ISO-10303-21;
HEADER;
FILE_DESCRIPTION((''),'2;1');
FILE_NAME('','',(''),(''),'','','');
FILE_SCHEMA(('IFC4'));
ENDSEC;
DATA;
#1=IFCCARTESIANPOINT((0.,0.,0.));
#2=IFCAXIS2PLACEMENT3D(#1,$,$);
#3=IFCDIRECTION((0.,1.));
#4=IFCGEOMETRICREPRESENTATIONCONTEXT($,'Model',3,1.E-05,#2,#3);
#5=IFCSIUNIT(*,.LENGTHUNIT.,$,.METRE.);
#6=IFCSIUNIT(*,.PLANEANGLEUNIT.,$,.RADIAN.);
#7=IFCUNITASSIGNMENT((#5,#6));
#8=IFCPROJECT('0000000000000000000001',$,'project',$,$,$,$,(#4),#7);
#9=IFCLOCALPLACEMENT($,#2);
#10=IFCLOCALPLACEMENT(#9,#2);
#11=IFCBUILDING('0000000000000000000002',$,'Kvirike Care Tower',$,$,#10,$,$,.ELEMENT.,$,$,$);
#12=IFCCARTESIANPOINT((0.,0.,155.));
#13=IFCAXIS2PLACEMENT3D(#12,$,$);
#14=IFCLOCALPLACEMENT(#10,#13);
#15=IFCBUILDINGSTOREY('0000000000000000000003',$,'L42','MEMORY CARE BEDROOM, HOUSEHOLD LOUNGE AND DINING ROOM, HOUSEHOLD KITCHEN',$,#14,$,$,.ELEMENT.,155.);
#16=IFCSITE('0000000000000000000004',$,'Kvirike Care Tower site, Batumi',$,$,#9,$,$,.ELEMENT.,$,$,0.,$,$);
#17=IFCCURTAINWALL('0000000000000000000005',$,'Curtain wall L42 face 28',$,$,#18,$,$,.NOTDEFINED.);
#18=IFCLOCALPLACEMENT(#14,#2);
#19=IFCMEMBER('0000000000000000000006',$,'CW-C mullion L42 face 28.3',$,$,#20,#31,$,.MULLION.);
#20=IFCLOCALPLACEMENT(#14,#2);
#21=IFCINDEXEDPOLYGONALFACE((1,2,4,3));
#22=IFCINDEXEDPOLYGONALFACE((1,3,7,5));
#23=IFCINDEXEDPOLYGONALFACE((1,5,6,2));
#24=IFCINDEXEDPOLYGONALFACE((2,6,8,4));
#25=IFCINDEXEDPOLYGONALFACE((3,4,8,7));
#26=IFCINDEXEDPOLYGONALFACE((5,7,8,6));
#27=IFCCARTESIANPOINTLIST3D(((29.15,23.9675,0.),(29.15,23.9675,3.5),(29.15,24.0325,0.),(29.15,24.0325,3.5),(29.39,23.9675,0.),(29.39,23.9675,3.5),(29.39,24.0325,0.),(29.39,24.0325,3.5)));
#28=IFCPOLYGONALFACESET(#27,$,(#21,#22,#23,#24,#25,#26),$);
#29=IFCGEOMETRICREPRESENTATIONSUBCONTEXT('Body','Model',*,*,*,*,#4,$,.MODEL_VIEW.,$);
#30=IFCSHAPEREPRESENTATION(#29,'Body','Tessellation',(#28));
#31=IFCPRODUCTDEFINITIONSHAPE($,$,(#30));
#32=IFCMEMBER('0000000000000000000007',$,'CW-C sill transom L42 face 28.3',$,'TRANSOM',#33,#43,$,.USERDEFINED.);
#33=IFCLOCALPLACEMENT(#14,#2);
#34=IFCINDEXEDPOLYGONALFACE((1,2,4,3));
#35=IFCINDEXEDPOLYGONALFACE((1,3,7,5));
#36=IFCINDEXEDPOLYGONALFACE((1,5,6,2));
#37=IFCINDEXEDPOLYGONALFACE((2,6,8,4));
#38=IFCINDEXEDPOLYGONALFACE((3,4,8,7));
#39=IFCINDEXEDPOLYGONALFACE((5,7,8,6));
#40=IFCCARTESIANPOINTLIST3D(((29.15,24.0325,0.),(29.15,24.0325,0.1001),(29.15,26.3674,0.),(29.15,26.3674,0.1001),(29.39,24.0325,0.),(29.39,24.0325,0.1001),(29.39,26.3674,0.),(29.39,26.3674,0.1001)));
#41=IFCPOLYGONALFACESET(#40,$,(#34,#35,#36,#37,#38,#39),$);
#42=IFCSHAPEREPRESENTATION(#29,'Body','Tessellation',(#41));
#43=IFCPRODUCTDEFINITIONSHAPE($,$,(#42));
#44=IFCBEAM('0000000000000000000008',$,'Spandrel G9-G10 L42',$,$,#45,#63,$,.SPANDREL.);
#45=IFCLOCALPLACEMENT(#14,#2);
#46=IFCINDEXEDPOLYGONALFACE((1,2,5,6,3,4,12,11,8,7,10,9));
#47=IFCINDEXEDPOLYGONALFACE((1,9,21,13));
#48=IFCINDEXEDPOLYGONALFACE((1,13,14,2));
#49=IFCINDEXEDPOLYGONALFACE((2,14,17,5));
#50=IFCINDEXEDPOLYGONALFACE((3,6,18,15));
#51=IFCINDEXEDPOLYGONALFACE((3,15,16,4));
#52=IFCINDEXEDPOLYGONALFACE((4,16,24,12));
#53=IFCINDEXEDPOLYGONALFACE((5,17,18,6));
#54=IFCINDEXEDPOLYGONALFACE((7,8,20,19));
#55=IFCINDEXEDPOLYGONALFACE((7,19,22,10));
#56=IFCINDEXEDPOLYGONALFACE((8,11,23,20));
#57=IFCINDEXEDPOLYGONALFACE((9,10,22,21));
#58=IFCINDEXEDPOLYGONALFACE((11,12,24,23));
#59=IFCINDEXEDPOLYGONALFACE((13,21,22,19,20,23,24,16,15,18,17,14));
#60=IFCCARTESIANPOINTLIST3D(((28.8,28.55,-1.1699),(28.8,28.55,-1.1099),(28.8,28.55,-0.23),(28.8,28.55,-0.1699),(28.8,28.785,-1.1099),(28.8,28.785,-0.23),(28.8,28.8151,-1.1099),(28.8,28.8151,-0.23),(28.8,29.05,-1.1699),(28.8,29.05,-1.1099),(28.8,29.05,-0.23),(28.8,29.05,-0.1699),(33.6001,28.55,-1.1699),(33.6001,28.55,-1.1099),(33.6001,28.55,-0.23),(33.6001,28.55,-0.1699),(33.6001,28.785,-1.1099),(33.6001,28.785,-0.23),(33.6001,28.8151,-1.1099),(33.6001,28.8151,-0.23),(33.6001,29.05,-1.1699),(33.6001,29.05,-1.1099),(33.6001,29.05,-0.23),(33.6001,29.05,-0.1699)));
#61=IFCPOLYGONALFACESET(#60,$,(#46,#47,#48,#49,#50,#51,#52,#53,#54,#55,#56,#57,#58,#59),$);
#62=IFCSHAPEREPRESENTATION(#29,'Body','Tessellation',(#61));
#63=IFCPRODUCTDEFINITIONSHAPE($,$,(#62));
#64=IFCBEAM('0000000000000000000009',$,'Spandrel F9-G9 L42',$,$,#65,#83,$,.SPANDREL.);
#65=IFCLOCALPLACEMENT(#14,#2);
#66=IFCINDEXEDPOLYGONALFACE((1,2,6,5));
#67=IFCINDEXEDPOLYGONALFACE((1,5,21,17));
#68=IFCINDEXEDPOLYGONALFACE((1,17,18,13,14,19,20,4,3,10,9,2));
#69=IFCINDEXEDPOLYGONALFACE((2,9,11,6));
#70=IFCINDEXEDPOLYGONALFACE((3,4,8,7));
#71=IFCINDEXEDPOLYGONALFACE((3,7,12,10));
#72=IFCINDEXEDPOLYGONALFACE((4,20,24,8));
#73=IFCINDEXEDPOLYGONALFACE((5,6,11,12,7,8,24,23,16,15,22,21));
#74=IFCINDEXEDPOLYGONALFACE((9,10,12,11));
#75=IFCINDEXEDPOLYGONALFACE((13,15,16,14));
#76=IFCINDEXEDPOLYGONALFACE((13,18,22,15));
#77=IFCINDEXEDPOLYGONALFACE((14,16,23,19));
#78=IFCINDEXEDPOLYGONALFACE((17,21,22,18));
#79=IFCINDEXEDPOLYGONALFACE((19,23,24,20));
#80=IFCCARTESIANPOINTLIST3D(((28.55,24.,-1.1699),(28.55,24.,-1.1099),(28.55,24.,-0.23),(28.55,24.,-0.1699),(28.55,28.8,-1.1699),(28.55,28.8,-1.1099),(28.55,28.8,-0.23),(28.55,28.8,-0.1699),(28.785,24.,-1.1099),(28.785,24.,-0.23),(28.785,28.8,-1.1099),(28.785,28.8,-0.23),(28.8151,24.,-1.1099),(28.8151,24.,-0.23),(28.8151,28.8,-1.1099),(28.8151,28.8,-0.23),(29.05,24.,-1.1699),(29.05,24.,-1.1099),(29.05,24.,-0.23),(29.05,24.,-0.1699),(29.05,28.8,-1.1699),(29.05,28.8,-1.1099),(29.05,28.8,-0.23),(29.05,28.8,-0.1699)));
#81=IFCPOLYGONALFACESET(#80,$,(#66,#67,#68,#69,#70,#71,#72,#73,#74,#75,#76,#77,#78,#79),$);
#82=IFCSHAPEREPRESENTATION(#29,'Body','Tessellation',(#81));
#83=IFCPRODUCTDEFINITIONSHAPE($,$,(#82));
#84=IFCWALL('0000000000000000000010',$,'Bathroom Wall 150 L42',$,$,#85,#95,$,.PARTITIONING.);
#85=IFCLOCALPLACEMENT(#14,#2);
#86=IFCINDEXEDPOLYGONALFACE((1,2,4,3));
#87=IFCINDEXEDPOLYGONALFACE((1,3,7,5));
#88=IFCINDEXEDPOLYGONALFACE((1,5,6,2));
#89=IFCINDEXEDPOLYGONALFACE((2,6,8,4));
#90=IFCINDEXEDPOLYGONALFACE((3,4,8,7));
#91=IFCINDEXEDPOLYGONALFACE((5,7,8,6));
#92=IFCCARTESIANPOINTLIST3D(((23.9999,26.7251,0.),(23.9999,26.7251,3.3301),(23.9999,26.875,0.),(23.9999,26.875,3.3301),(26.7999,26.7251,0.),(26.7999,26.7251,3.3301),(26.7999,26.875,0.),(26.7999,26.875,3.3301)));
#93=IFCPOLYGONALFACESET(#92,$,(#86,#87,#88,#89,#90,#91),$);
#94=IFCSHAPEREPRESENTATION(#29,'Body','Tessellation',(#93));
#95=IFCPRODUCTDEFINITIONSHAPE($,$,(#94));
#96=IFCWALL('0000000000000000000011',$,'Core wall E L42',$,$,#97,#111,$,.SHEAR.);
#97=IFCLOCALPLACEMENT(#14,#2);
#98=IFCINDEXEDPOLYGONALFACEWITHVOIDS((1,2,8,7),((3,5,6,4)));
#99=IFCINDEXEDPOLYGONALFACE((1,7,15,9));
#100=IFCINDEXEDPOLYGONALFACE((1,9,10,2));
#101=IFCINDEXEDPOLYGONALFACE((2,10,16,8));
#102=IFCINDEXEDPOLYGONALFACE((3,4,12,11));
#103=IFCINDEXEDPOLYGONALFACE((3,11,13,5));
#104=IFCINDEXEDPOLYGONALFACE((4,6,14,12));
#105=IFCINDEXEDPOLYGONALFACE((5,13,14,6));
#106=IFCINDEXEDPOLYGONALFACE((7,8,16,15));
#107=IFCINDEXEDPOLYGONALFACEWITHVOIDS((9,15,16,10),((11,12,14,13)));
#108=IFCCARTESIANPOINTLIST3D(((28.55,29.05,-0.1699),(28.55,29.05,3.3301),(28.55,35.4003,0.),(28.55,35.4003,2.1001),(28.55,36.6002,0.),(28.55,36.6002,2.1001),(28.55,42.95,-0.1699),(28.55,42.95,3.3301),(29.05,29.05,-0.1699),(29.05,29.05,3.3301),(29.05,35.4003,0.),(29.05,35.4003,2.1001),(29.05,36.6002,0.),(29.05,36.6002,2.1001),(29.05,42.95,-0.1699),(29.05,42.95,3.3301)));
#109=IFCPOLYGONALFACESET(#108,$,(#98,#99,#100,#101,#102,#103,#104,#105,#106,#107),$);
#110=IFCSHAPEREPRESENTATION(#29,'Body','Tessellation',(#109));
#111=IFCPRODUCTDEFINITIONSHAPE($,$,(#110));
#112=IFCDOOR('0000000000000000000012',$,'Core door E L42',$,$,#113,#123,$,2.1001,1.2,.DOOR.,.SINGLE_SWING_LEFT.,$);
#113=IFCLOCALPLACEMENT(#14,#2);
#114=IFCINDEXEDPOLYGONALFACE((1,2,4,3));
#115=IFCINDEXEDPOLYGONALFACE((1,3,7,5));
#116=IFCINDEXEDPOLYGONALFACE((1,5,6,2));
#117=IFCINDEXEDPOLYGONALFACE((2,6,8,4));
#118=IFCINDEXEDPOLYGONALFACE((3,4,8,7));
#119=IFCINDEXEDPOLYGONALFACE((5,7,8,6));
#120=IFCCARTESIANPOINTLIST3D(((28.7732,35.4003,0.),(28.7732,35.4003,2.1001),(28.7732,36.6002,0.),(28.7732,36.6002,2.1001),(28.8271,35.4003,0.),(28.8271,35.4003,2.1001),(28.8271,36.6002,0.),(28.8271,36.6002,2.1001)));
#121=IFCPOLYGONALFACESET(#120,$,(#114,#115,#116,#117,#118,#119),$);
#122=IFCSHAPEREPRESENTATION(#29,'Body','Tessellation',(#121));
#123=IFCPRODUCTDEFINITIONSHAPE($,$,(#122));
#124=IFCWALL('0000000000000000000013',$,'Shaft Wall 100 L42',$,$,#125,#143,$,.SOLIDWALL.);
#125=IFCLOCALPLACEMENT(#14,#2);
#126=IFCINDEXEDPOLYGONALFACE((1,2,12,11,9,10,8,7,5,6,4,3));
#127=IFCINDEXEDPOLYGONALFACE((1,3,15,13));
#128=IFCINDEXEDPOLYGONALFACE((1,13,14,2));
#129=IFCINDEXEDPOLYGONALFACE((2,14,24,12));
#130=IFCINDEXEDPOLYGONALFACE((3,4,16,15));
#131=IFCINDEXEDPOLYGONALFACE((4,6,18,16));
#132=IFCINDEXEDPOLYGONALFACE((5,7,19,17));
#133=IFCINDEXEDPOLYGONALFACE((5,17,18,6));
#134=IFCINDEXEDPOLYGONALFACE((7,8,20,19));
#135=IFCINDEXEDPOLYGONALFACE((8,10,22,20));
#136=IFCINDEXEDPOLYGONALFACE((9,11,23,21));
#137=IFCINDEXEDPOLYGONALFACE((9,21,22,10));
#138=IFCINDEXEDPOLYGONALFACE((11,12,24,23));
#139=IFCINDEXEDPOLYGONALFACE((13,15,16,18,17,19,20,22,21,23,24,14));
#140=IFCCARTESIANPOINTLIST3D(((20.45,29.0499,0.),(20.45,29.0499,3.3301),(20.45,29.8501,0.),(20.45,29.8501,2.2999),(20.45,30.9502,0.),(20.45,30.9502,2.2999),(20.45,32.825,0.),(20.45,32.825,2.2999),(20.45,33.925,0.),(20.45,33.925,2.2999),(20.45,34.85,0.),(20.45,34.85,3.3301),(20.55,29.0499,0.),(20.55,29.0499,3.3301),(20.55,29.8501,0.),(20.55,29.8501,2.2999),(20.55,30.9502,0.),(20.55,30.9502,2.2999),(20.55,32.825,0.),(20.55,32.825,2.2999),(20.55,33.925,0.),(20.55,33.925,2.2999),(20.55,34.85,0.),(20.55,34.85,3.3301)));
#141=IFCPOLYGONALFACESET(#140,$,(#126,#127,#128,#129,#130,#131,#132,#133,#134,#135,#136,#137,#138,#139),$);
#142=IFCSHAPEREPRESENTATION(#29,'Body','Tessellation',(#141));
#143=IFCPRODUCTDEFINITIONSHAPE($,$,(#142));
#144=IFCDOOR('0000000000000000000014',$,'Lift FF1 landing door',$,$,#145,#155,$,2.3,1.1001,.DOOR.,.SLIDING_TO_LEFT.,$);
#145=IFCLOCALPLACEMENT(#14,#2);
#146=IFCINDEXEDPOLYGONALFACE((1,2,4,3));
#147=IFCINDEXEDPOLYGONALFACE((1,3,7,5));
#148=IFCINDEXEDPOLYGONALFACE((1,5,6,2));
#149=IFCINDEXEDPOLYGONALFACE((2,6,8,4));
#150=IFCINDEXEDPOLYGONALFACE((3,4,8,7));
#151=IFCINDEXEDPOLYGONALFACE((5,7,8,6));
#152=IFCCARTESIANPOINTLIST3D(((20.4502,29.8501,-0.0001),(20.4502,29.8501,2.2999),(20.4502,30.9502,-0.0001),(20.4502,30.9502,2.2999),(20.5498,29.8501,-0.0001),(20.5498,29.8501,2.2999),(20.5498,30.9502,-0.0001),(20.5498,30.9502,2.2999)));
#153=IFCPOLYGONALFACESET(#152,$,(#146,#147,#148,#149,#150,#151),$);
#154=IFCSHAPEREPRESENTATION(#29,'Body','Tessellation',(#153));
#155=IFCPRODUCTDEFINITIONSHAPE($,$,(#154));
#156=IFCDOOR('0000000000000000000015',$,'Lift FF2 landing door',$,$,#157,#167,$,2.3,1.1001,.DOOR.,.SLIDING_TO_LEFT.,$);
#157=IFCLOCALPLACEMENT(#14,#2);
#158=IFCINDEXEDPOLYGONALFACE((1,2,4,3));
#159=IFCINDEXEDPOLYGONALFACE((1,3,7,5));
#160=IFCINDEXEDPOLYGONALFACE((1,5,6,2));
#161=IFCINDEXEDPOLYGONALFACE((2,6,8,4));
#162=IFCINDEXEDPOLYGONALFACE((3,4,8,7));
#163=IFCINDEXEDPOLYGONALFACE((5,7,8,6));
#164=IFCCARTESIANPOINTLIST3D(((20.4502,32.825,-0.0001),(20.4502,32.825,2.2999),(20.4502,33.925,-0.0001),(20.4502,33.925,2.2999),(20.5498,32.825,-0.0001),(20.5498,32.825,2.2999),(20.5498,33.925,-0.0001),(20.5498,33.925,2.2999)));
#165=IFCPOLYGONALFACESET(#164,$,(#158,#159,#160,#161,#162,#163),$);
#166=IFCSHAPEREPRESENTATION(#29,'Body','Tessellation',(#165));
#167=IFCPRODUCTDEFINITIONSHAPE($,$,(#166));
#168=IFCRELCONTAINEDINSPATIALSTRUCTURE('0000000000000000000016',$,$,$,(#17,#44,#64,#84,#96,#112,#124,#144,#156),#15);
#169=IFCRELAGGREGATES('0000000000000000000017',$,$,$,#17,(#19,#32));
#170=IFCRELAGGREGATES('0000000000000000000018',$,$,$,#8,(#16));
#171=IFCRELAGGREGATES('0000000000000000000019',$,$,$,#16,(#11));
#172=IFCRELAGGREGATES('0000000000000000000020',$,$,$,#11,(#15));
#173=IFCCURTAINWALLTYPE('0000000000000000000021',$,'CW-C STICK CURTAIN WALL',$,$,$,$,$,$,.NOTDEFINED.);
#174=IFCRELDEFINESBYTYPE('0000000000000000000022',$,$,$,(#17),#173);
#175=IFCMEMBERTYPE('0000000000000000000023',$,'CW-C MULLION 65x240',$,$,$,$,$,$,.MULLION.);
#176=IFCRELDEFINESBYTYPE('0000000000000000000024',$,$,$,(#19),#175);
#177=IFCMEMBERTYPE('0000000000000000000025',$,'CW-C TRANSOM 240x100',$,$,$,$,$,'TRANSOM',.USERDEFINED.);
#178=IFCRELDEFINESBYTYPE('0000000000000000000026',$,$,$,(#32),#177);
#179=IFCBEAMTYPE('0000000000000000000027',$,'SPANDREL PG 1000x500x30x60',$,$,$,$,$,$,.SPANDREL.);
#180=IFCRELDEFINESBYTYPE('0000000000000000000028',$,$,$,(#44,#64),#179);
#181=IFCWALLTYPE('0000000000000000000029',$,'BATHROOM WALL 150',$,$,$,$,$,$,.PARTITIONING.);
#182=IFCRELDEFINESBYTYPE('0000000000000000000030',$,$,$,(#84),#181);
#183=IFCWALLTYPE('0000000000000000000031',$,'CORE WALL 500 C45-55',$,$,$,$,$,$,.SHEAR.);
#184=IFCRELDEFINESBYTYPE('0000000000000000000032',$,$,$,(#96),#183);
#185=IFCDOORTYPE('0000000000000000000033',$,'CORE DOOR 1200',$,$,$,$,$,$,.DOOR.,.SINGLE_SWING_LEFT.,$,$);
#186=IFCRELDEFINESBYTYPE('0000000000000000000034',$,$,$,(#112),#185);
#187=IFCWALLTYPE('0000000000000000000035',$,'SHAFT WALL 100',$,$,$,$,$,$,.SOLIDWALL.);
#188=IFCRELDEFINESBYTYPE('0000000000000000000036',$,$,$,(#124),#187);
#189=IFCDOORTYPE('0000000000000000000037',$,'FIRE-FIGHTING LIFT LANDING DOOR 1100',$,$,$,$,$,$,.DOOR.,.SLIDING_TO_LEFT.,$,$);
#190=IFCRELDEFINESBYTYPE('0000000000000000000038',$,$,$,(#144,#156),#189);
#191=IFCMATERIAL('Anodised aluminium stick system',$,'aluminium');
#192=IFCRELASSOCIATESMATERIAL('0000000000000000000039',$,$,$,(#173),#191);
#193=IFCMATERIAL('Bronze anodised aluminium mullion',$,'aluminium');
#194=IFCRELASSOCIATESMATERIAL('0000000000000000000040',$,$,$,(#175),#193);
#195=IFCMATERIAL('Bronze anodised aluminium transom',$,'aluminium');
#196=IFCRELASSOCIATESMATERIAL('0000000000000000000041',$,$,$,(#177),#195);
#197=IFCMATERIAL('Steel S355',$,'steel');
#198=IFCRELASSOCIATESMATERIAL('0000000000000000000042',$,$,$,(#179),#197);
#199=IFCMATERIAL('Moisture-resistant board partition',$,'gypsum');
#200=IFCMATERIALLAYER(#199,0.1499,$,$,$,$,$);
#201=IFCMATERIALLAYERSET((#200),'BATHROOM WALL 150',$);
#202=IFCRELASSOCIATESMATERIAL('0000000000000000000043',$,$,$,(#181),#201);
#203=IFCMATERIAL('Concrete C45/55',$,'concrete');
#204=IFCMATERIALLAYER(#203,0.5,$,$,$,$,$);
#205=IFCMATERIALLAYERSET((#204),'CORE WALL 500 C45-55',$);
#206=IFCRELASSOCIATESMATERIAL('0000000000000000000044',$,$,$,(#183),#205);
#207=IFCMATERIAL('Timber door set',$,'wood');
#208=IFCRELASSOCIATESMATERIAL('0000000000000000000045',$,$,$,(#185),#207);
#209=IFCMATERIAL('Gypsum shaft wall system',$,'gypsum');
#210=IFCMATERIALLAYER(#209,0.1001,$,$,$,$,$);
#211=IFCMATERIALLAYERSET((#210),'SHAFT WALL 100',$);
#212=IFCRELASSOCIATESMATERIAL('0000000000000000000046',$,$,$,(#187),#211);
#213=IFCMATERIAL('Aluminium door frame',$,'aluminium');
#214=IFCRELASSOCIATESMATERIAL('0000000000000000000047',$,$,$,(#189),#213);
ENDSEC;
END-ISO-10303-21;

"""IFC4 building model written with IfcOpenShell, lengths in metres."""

from ifc_helpers import new_model, si_unit, direction, frame, frame_2d, origin, origin_2d, place, context, subcontext, project, spatial, rectangle, i_section, extrude, material, layer, layer_set, material_profile, profile_set, type_object, element, fill, aggregate, save


model = new_model("IFC4")

# Units and contexts
model_context = context("Model", 3, precision=1e-05, world=origin(), true_north=direction((0.0, 1.0)))
body_context = subcontext(model_context, "Body", "Model", "MODEL_VIEW")
ifc_project = project(units=[si_unit("LENGTHUNIT", "METRE"), si_unit("PLANEANGLEUNIT", "RADIAN")], contexts=[model_context])

# Site, building, storey
site_placement = place(None, origin())
site = spatial("IfcSite", under=ifc_project, at=site_placement, Name="Kvirike Care Tower site, Batumi", CompositionType="ELEMENT", RefElevation=0.0)
building_placement = place(site_placement, origin())
building = spatial("IfcBuilding", under=site, at=building_placement, Name="Kvirike Care Tower", CompositionType="ELEMENT")
storey_placement = place(building_placement, frame((0.0, 0.0, 155.0)))
storey = spatial("IfcBuildingStorey", under=building, at=storey_placement, Name="L42", Description="MEMORY CARE BEDROOM, HOUSEHOLD LOUNGE AND DINING ROOM, HOUSEHOLD KITCHEN", CompositionType="ELEMENT", Elevation=155.0)

# Curtain wall, members
ifc_material_1 = material(Name="Anodised aluminium stick system", Category="aluminium")
curtain_wall_type = type_object("IfcCurtainWallType", Name="CW-C STICK CURTAIN WALL", PredefinedType="NOTDEFINED", material=ifc_material_1)
curtain_wall_placement = place(storey_placement, origin())
curtain_wall = element("IfcCurtainWall", 1, at=curtain_wall_placement, inside=storey, type_object=curtain_wall_type, Name="Curtain wall L42 face 28", PredefinedType="NOTDEFINED")
ifc_material_2 = material(Name="Bronze anodised aluminium mullion", Category="aluminium")
ifc_material_profile_1 = material_profile(ifc_material_2, rectangle(XDim=0.0649, YDim=0.24, at=origin_2d()), Name="CW-C MULLION 65x240")
ifc_profile_set_1 = profile_set([ifc_material_profile_1], Name="Bronze anodised aluminium mullion")
member_type_1 = type_object("IfcMemberType", Name="CW-C MULLION 65x240", PredefinedType="MULLION", material=ifc_profile_set_1)
member_1_placement = place(storey_placement, frame((29.27, 24.0, 0.0), z_axis=(0.0, 0.0, 1.0), x_axis=(0.0, 1.0, 0.0)))
member_1 = element("IfcMember", 2, at=member_1_placement, type_object=member_type_1, Name="CW-C mullion L42 face 28.3", PredefinedType="MULLION", context=body_context, shape_type="SweptSolid", body=[
    extrude(rectangle(XDim=0.0649, YDim=0.24, at=origin_2d()), origin(), (0.0, 0.0, 1.0), 3.5),
])
ifc_material_3 = material(Name="Bronze anodised aluminium transom", Category="aluminium")
ifc_material_profile_2 = material_profile(ifc_material_3, rectangle(XDim=0.24, YDim=0.1001, at=origin_2d()), Name="CW-C TRANSOM 240x100")
ifc_profile_set_2 = profile_set([ifc_material_profile_2], Name="Bronze anodised aluminium transom")
member_type_2 = type_object("IfcMemberType", Name="CW-C TRANSOM 240x100", ElementType="TRANSOM", PredefinedType="USERDEFINED", material=ifc_profile_set_2)
member_2_placement = place(storey_placement, frame((29.27, 24.0325, 0.05), z_axis=(0.0, 1.0, 0.0), x_axis=(-1.0, 0.0, 0.0)))
member_2 = element("IfcMember", 3, at=member_2_placement, type_object=member_type_2, Name="CW-C sill transom L42 face 28.3", ObjectType="TRANSOM", PredefinedType="USERDEFINED", context=body_context, shape_type="SweptSolid", body=[
    extrude(rectangle(XDim=0.24, YDim=0.1001, at=origin_2d()), origin(), (0.0, 0.0, 1.0), 2.335),
])
aggregate(curtain_wall, [member_1, member_2])

# Beams
ifc_material_4 = material(Name="Steel S355", Category="steel")
ifc_material_profile_3 = material_profile(ifc_material_4, i_section(OverallWidth=0.5, OverallDepth=1.0, WebThickness=0.03, FlangeThickness=0.0601, at=origin_2d()), Name="PG 1000x500x30x60")
ifc_profile_set_3 = profile_set([ifc_material_profile_3], Name="Steel S355")
beam_type = type_object("IfcBeamType", Name="SPANDREL PG 1000x500x30x60", PredefinedType="SPANDREL", material=ifc_profile_set_3)
for number, where, z_axis, x_axis, name in (
    (4, (28.8, 28.8, -0.6699), (1.0, 0.0, 0.0), (0.0, 1.0, 0.0), "Spandrel G9-G10 L42"),
    (5, (28.8, 24.0, -0.6699), (0.0, 1.0, 0.0), (-1.0, 0.0, 0.0), "Spandrel F9-G9 L42"),
):
    element("IfcBeam", number, at=place(storey_placement, frame(where, z_axis=z_axis, x_axis=x_axis)), inside=storey, type_object=beam_type, Name=name, PredefinedType="SPANDREL", context=body_context, shape_type="SweptSolid", body=[
        extrude(i_section(OverallWidth=0.5, OverallDepth=1.0, WebThickness=0.03, FlangeThickness=0.0601, at=origin_2d()), origin(), (0.0, 0.0, 1.0), 4.8),
    ])

# Wall
ifc_material_5 = material(Name="Moisture-resistant board partition", Category="gypsum")
ifc_layer_1 = layer(ifc_material_5, 0.1499)
ifc_layer_set_1 = layer_set([ifc_layer_1], Name="BATHROOM WALL 150")
wall_type_1 = type_object("IfcWallType", Name="BATHROOM WALL 150", PredefinedType="PARTITIONING", material=ifc_layer_set_1)
wall_1_placement = place(storey_placement, frame((24.0, 26.8, 0.0), z_axis=(0.0, 0.0, 1.0), x_axis=(1.0, 0.0, 0.0)))
element("IfcWall", 6, at=wall_1_placement, inside=storey, type_object=wall_type_1, Name="Bathroom Wall 150 L42", PredefinedType="PARTITIONING", context=body_context, shape_type="SweptSolid", body=[
    extrude(rectangle(XDim=2.8, YDim=0.1499, at=frame_2d((1.3999, 0.0))), origin(), (0.0, 0.0, 1.0), 3.3301),
])

# Wall, opening, door
ifc_material_6 = material(Name="Concrete C45/55", Category="concrete")
ifc_layer_2 = layer(ifc_material_6, 0.5)
ifc_layer_set_2 = layer_set([ifc_layer_2], Name="CORE WALL 500 C45-55")
wall_type_2 = type_object("IfcWallType", Name="CORE WALL 500 C45-55", PredefinedType="SHEAR", material=ifc_layer_set_2)
wall_2_placement = place(storey_placement, frame((28.8, 29.05, -0.1699), z_axis=(0.0, 0.0, 1.0), x_axis=(0.0, 1.0, 0.0)))
wall_2 = element("IfcWall", 7, at=wall_2_placement, inside=storey, type_object=wall_type_2, Name="Core wall E L42", PredefinedType="SHEAR", context=body_context, shape_type="SweptSolid", body=[
    extrude(rectangle(XDim=13.8999, YDim=0.5, at=frame_2d((6.95, 0.0))), origin(), (0.0, 0.0, 1.0), 3.5),
])
opening_1_placement = place(wall_2_placement, frame((6.3501, 0.0, 0.1699)))
opening_1 = element("IfcOpeningElement", 8, at=opening_1_placement, cuts=wall_2, PredefinedType="OPENING", context=body_context, shape_type="SweptSolid", body=[
    extrude(rectangle(XDim=1.2, YDim=2.1001, at=frame_2d((0.6001, 1.05))), frame((0.0, 0.2605, 0.0), z_axis=(0.0, -1.0, 0.0), x_axis=(1.0, 0.0, 0.0)), (0.0, 0.0, 1.0), 0.521),
])
ifc_material_7 = material(Name="Timber door set", Category="wood")
door_type_1 = type_object("IfcDoorType", Name="CORE DOOR 1200", OperationType="SINGLE_SWING_LEFT", PredefinedType="DOOR", material=ifc_material_7)
door_1_placement = place(opening_1_placement, origin())
door_1 = element("IfcDoor", 9, at=door_1_placement, inside=storey, type_object=door_type_1, Name="Core door E L42", OperationType="SINGLE_SWING_LEFT", OverallHeight=2.1001, OverallWidth=1.2, PredefinedType="DOOR", context=body_context, shape_type="SweptSolid", body=[
    extrude(rectangle(XDim=1.2, YDim=2.1001, at=frame_2d((0.6001, 1.05))), frame((0.0, 0.0269, 0.0), z_axis=(0.0, -1.0, 0.0), x_axis=(1.0, 0.0, 0.0)), (0.0, 0.0, 1.0), 0.054),
])
fill(opening_1, door_1)

# Wall, openings, doors
ifc_material_8 = material(Name="Gypsum shaft wall system", Category="gypsum")
ifc_layer_3 = layer(ifc_material_8, 0.1001)
ifc_layer_set_3 = layer_set([ifc_layer_3], Name="SHAFT WALL 100")
wall_type_3 = type_object("IfcWallType", Name="SHAFT WALL 100", PredefinedType="SOLIDWALL", material=ifc_layer_set_3)
wall_3_placement = place(storey_placement, frame((20.5, 29.05, 0.0), z_axis=(0.0, 0.0, 1.0), x_axis=(0.0, 1.0, 0.0)))
wall_3 = element("IfcWall", 10, at=wall_3_placement, inside=storey, type_object=wall_type_3, Name="Shaft Wall 100 L42", PredefinedType="SOLIDWALL", context=body_context, shape_type="SweptSolid", body=[
    extrude(rectangle(XDim=5.8, YDim=0.1001, at=frame_2d((2.8999, 0.0))), origin(), (0.0, 0.0, 1.0), 3.3301),
])
opening_2_placement = place(wall_3_placement, frame((0.8, 0.0, 0.0)))
opening_2 = element("IfcOpeningElement", 11, at=opening_2_placement, cuts=wall_3, PredefinedType="OPENING", context=body_context, shape_type="SweptSolid", body=[
    extrude(rectangle(XDim=1.1001, YDim=2.3, at=frame_2d((0.55, 1.1499))), frame((0.0, 0.0605, 0.0), z_axis=(0.0, -1.0, 0.0), x_axis=(1.0, 0.0, 0.0)), (0.0, 0.0, 1.0), 0.1211),
])
opening_3_placement = place(wall_3_placement, frame((3.7749, 0.0, 0.0)))
opening_3 = element("IfcOpeningElement", 12, at=opening_3_placement, cuts=wall_3, PredefinedType="OPENING", context=body_context, shape_type="SweptSolid", body=[
    extrude(rectangle(XDim=1.1001, YDim=2.3, at=frame_2d((0.55, 1.1499))), frame((0.0, 0.0605, 0.0), z_axis=(0.0, -1.0, 0.0), x_axis=(1.0, 0.0, 0.0)), (0.0, 0.0, 1.0), 0.1211),
])
ifc_material_9 = material(Name="Aluminium door frame", Category="aluminium")
door_type_2 = type_object("IfcDoorType", Name="FIRE-FIGHTING LIFT LANDING DOOR 1100", OperationType="SLIDING_TO_LEFT", PredefinedType="DOOR", material=ifc_material_9)
door_2_placement = place(opening_2_placement, origin())
door_2 = element("IfcDoor", 13, at=door_2_placement, inside=storey, type_object=door_type_2, Name="Lift FF1 landing door", OperationType="SLIDING_TO_LEFT", OverallHeight=2.3, OverallWidth=1.1001, PredefinedType="DOOR", context=body_context, shape_type="SweptSolid", body=[
    extrude(rectangle(XDim=1.1001, YDim=2.3, at=frame_2d((0.55, 1.1499))), frame((0.0, 0.0498, 0.0), z_axis=(0.0, -1.0, 0.0), x_axis=(1.0, 0.0, 0.0)), (0.0, 0.0, 1.0), 0.0996),
])
fill(opening_2, door_2)
door_3_placement = place(opening_3_placement, origin())
door_3 = element("IfcDoor", 14, at=door_3_placement, inside=storey, type_object=door_type_2, Name="Lift FF2 landing door", OperationType="SLIDING_TO_LEFT", OverallHeight=2.3, OverallWidth=1.1001, PredefinedType="DOOR", context=body_context, shape_type="SweptSolid", body=[
    extrude(rectangle(XDim=1.1001, YDim=2.3, at=frame_2d((0.55, 1.1499))), frame((0.0, 0.0498, 0.0), z_axis=(0.0, -1.0, 0.0), x_axis=(1.0, 0.0, 0.0)), (0.0, 0.0, 1.0), 0.0996),
])
fill(opening_3, door_3)

save(model, "model.ifc")
